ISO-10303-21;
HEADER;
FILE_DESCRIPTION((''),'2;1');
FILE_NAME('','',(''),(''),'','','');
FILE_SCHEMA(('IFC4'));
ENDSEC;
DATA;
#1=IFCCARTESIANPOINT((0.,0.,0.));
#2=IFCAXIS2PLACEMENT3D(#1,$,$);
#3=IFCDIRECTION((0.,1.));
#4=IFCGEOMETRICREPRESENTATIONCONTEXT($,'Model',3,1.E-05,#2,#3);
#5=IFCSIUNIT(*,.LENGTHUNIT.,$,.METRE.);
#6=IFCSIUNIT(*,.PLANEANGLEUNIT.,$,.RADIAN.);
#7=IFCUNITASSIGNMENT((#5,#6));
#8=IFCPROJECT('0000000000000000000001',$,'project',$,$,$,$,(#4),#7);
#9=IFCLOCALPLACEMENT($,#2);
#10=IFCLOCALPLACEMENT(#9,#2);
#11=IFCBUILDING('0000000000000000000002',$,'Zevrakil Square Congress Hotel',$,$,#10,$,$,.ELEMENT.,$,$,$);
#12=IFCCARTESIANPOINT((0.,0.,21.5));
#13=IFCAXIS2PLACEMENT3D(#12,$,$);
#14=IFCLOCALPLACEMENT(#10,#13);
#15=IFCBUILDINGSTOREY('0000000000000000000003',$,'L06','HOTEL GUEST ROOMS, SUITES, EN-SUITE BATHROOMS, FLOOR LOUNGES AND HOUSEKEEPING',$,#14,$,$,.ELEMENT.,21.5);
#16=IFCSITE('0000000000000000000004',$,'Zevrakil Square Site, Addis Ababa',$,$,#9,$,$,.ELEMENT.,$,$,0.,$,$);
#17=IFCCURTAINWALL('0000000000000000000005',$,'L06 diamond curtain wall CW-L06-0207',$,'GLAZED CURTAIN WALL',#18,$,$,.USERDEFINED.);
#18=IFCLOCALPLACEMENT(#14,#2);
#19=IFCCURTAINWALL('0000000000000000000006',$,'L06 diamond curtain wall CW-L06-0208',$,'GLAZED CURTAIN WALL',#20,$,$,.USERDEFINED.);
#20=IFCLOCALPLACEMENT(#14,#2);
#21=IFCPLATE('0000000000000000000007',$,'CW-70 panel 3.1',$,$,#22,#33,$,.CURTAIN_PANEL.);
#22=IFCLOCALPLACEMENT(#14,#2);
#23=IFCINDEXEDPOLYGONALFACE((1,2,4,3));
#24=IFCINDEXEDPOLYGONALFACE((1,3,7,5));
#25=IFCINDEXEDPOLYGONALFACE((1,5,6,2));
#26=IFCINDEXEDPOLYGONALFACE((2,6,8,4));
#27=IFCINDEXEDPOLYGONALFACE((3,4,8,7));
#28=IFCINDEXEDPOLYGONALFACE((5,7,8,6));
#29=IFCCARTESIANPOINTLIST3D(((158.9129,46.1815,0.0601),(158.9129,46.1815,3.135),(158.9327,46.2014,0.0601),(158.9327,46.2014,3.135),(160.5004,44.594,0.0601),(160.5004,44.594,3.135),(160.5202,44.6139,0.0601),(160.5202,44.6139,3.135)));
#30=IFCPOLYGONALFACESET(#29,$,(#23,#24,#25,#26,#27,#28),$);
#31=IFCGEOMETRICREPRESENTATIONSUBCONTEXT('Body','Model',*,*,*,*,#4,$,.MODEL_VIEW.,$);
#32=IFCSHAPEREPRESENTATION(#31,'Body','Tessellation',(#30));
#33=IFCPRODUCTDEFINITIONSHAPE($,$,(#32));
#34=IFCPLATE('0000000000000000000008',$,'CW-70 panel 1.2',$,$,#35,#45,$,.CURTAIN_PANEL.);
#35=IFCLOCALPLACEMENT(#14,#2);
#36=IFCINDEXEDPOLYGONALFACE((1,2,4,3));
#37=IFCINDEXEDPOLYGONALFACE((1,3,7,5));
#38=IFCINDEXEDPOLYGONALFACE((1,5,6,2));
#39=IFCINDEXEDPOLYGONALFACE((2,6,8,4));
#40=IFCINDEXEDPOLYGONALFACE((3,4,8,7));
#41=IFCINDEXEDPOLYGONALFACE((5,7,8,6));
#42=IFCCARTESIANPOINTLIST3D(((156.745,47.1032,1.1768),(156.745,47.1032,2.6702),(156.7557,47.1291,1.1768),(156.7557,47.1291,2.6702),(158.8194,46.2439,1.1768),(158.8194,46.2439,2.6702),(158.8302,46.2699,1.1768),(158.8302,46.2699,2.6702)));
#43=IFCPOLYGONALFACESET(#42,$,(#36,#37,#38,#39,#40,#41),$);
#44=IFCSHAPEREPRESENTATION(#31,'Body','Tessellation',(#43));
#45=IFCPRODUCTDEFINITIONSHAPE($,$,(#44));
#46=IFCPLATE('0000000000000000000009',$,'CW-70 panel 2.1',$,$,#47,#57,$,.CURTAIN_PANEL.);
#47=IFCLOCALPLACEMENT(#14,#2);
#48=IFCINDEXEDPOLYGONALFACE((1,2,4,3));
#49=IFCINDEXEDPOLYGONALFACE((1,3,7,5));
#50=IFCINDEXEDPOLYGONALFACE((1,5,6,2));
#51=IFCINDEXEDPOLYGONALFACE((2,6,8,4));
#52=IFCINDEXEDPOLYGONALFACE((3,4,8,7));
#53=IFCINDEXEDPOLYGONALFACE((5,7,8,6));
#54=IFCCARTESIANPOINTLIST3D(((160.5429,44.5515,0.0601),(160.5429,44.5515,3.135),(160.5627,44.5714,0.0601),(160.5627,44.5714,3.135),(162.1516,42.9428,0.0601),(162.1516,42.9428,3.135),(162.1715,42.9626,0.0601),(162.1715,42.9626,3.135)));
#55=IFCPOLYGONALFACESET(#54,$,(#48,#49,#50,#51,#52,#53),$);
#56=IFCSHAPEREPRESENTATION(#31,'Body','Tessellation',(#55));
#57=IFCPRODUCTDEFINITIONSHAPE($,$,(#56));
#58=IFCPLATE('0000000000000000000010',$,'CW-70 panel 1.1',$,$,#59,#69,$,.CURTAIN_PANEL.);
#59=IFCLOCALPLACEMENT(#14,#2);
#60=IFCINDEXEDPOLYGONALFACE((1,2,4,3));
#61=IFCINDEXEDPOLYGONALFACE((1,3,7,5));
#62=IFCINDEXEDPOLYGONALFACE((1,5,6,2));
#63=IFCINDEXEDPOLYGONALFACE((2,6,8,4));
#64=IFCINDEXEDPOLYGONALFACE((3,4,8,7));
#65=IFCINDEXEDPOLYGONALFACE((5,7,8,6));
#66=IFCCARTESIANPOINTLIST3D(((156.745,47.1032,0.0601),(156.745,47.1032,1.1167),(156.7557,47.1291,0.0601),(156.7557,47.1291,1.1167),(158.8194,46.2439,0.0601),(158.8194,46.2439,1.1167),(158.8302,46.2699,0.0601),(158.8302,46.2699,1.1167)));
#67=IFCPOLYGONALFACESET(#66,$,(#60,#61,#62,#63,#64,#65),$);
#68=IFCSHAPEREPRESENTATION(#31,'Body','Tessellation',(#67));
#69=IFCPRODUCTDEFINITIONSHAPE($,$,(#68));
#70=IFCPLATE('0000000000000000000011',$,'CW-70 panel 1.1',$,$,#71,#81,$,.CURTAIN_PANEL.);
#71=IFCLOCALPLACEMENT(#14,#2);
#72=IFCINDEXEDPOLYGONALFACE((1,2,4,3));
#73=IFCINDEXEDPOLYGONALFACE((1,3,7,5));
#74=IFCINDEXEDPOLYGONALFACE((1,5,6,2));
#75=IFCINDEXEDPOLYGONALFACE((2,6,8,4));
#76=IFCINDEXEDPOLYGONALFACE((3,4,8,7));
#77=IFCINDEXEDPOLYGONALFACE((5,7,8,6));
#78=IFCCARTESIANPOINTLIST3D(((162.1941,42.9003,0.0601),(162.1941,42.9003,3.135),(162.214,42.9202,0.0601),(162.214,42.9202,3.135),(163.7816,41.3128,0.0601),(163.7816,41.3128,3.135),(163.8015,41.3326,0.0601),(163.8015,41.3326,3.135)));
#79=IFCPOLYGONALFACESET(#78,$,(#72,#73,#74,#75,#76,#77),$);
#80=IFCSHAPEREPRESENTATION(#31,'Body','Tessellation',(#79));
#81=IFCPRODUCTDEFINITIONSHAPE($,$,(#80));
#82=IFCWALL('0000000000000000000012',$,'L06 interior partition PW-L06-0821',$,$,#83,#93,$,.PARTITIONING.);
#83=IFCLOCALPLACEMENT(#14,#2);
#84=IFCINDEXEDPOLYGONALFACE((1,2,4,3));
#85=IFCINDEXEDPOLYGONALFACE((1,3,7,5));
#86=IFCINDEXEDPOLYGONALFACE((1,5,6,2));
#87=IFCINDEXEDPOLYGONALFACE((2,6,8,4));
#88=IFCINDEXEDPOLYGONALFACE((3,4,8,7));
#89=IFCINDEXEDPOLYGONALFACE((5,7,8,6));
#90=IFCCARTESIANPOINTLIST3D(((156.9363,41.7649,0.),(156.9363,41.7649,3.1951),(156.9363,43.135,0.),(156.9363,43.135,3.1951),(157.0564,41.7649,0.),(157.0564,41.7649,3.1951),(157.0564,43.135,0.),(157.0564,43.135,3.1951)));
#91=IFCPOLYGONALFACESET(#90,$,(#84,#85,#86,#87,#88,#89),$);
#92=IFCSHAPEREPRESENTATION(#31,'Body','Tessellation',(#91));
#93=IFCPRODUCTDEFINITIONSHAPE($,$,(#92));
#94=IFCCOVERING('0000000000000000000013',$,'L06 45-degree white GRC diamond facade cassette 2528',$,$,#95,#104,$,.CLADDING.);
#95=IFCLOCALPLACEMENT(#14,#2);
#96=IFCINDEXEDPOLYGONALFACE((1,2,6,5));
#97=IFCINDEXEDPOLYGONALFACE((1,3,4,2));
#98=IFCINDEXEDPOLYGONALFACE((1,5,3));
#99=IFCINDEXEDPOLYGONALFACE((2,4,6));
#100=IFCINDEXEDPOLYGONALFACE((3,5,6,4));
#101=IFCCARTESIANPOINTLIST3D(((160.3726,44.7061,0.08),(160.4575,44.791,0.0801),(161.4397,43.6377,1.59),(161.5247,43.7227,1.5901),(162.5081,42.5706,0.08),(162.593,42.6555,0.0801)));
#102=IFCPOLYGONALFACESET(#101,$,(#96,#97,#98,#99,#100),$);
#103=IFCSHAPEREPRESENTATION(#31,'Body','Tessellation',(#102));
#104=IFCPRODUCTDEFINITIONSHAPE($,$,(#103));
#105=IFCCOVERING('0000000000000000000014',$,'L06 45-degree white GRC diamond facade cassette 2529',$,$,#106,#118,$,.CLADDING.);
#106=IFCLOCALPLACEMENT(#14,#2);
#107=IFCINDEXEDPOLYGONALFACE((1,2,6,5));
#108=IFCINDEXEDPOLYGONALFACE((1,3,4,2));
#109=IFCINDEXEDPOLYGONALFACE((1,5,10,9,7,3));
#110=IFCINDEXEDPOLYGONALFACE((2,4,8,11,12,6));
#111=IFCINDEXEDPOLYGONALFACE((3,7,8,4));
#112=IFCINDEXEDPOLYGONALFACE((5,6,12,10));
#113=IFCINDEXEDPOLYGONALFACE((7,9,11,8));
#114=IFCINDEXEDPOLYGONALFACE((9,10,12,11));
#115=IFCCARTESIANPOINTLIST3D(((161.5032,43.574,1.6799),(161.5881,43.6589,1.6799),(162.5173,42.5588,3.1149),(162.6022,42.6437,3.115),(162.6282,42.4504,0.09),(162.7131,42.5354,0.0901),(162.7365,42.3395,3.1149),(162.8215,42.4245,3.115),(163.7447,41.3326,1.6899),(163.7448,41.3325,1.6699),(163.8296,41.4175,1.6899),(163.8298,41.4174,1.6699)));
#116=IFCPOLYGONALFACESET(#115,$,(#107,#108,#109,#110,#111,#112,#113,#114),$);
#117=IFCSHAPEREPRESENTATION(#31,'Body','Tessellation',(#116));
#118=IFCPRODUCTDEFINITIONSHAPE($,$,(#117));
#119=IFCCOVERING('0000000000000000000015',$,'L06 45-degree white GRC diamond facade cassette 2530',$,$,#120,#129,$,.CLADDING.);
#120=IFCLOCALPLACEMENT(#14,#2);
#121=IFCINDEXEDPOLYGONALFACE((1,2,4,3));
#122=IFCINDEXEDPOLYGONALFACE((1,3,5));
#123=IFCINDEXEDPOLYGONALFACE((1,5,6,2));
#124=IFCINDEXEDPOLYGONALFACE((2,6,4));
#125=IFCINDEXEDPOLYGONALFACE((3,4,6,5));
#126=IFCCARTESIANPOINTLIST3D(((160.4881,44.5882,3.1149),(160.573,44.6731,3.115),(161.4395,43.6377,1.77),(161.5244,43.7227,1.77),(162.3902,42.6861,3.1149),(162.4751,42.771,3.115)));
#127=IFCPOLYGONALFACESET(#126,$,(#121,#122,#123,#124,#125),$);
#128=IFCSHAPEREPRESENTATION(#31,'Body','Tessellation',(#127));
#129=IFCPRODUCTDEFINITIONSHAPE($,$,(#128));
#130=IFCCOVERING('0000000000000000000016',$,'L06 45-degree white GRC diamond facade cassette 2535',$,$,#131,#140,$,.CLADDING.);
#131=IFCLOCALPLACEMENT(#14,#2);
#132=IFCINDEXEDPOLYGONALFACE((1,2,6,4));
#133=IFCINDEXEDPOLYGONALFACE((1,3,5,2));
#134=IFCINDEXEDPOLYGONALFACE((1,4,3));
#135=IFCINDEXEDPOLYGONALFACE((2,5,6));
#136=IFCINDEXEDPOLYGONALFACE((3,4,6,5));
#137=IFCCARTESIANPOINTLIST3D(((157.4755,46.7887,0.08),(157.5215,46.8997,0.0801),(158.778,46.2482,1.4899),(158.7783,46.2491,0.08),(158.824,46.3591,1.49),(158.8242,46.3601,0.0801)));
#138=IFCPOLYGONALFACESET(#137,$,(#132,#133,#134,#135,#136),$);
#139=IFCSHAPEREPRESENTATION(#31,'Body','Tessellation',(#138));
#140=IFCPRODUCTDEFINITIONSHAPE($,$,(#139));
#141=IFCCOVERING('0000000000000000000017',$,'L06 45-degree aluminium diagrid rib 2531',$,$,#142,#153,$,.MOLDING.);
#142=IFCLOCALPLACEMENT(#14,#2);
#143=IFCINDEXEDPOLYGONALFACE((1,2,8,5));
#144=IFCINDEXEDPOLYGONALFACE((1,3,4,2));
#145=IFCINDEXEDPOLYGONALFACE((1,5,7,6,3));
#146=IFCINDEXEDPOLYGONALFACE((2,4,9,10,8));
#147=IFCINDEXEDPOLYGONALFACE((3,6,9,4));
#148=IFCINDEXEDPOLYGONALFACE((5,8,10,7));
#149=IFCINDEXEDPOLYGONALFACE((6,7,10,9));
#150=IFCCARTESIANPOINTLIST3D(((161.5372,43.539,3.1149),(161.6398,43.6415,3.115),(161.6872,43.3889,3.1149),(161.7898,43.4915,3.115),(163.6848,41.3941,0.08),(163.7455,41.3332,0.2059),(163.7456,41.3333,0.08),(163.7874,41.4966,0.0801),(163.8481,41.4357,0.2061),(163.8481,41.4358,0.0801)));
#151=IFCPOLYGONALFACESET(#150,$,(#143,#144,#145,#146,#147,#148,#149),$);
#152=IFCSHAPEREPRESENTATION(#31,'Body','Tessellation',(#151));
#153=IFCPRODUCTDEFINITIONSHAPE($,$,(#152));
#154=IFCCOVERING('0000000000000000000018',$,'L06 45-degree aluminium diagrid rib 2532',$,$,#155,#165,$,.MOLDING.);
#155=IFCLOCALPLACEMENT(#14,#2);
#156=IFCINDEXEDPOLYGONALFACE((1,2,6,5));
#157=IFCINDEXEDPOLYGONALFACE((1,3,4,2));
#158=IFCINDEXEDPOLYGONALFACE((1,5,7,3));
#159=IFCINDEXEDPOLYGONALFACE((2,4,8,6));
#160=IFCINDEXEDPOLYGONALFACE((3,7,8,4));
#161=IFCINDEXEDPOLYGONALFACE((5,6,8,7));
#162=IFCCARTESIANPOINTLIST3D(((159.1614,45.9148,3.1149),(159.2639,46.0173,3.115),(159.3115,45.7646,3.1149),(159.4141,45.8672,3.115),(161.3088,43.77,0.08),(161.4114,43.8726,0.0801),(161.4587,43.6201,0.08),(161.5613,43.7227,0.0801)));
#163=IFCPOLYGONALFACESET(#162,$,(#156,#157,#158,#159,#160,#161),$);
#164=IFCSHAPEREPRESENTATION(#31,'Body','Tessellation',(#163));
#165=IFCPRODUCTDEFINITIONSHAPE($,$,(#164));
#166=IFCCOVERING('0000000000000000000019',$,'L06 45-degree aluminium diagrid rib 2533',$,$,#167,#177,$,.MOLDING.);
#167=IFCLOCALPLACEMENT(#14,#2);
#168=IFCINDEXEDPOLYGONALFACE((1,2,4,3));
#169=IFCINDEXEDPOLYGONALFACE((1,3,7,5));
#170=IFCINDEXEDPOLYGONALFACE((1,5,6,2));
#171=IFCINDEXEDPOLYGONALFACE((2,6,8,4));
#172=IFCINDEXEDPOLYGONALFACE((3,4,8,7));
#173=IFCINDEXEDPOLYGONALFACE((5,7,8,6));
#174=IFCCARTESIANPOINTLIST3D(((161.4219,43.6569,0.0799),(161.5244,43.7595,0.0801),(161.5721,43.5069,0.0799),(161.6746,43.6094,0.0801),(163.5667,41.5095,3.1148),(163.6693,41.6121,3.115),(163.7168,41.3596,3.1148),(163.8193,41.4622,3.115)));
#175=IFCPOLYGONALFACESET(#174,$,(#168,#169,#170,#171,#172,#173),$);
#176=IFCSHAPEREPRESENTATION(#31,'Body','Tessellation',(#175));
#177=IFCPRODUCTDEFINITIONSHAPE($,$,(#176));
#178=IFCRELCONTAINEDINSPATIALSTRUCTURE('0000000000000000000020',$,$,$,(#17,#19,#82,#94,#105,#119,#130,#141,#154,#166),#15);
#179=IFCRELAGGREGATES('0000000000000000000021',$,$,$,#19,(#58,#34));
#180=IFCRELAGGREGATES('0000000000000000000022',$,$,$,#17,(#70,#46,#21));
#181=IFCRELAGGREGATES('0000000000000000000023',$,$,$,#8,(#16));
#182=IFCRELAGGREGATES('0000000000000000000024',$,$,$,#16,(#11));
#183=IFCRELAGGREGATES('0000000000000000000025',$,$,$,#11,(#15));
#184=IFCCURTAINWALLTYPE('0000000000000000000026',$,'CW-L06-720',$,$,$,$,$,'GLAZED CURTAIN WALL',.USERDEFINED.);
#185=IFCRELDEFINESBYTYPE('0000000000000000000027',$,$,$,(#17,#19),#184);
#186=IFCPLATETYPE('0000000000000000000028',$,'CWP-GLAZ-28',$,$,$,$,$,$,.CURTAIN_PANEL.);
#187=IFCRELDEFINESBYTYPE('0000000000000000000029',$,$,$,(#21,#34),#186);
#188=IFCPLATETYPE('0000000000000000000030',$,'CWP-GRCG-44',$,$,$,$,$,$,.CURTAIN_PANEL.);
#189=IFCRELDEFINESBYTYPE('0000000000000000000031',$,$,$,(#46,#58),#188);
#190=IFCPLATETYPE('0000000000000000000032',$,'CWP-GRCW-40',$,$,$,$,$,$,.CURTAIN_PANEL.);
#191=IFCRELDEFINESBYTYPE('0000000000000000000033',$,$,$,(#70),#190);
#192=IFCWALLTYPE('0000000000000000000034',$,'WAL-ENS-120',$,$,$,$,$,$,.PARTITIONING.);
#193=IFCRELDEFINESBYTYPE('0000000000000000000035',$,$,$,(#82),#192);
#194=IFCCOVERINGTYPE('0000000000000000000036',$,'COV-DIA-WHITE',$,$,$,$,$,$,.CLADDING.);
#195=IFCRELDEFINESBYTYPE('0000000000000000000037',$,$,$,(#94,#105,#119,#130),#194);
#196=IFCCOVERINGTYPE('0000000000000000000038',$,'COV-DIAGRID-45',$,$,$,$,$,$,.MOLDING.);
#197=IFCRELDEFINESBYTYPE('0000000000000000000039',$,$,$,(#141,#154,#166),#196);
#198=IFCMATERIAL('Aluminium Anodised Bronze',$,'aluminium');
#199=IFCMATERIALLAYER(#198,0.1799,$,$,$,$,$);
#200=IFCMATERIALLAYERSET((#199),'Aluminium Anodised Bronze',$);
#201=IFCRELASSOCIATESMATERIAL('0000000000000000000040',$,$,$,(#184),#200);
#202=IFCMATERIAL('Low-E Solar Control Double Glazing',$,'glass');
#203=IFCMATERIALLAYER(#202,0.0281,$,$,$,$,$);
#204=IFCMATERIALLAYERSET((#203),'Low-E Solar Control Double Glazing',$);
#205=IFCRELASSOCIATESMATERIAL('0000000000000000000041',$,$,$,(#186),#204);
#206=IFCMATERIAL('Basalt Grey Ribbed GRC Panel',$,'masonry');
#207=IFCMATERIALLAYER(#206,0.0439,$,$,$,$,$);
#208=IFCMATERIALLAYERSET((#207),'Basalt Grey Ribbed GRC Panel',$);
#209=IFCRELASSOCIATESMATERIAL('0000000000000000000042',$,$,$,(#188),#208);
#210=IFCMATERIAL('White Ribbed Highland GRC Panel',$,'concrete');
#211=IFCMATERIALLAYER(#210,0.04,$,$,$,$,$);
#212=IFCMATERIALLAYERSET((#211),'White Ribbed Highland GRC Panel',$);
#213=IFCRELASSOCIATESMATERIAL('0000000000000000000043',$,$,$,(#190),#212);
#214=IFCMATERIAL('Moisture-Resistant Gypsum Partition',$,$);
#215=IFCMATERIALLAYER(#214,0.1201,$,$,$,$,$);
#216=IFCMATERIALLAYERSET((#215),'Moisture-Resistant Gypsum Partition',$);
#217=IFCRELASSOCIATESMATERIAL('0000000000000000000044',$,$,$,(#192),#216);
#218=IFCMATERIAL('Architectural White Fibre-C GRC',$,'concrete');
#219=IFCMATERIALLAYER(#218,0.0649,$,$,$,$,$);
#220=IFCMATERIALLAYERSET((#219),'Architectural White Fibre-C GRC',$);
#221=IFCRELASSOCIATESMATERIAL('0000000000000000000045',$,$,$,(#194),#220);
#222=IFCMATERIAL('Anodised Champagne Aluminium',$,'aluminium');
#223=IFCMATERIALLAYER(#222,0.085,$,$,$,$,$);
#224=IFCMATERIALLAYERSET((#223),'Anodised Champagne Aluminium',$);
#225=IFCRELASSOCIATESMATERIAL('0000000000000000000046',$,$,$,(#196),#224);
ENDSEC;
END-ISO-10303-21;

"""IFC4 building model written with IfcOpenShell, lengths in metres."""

from ifc_helpers import new_model, si_unit, direction, frame, frame_2d, origin, origin_2d, place, context, subcontext, project, spatial, polyline, rectangle, outline, extrude, material, layer, layer_set, type_object, element, aggregate, save


model = new_model("IFC4")

# Units and contexts
model_context = context("Model", 3, precision=1e-05, world=origin(), true_north=direction((0.0, 1.0)))
body_context = subcontext(model_context, "Body", "Model", "MODEL_VIEW")
ifc_project = project(units=[si_unit("LENGTHUNIT", "METRE"), si_unit("PLANEANGLEUNIT", "RADIAN")], contexts=[model_context])

# Site, building, storey
site_placement = place(None, origin())
site = spatial("IfcSite", under=ifc_project, at=site_placement, Name="Zevrakil Square Site, Addis Ababa", CompositionType="ELEMENT", RefElevation=0.0)
building_placement = place(site_placement, origin())
building = spatial("IfcBuilding", under=site, at=building_placement, Name="Zevrakil Square Congress Hotel", CompositionType="ELEMENT")
storey_placement = place(building_placement, frame((0.0, 0.0, 21.5)))
storey = spatial("IfcBuildingStorey", under=building, at=storey_placement, Name="L06", Description="HOTEL GUEST ROOMS, SUITES, EN-SUITE BATHROOMS, FLOOR LOUNGES AND HOUSEKEEPING", CompositionType="ELEMENT", Elevation=21.5)

# Curtain walls
ifc_material_1 = material(Name="Aluminium Anodised Bronze", Category="aluminium")
ifc_layer_1 = layer(ifc_material_1, 0.1799)
ifc_layer_set_1 = layer_set([ifc_layer_1], Name="Aluminium Anodised Bronze")
curtain_wall_type = type_object("IfcCurtainWallType", Name="CW-L06-720", ElementType="GLAZED CURTAIN WALL", PredefinedType="USERDEFINED", material=ifc_layer_set_1)
curtain_wall_1_placement = place(storey_placement, origin())
curtain_wall_1 = element("IfcCurtainWall", 1, at=curtain_wall_1_placement, inside=storey, type_object=curtain_wall_type, Name="L06 diamond curtain wall CW-L06-0207", ObjectType="GLAZED CURTAIN WALL", PredefinedType="USERDEFINED")
curtain_wall_2_placement = place(storey_placement, origin())
curtain_wall_2 = element("IfcCurtainWall", 2, at=curtain_wall_2_placement, inside=storey, type_object=curtain_wall_type, Name="L06 diamond curtain wall CW-L06-0208", ObjectType="GLAZED CURTAIN WALL", PredefinedType="USERDEFINED")

# Plates
ifc_material_2 = material(Name="Low-E Solar Control Double Glazing", Category="glass")
ifc_layer_2 = layer(ifc_material_2, 0.0281)
ifc_layer_set_2 = layer_set([ifc_layer_2], Name="Low-E Solar Control Double Glazing")
plate_type_1 = type_object("IfcPlateType", Name="CWP-GLAZ-28", PredefinedType="CURTAIN_PANEL", material=ifc_layer_set_2)
plate_1_placement = place(storey_placement, frame((159.7166, 45.3977, 0.0601), z_axis=(0.0, 0.0, 1.0), x_axis=(-0.707107, 0.707107, 0.0)))
plate_1 = element("IfcPlate", 3, at=plate_1_placement, type_object=plate_type_1, Name="CW-70 panel 3.1", PredefinedType="CURTAIN_PANEL", context=body_context, shape_type="SweptSolid", body=[
    extrude(rectangle(XDim=2.2451, YDim=0.0281, at=origin_2d()), origin(), (0.0, 0.0, 1.0), 3.075),
])
plate_2_placement = place(storey_placement, frame((157.7876, 46.6865, 1.1768), z_axis=(0.0, 0.0, 1.0), x_axis=(-0.923879, 0.382684, 0.0)))
plate_2 = element("IfcPlate", 4, at=plate_2_placement, type_object=plate_type_1, Name="CW-70 panel 1.2", PredefinedType="CURTAIN_PANEL", context=body_context, shape_type="SweptSolid", body=[
    extrude(rectangle(XDim=2.2454, YDim=0.0281, at=origin_2d()), origin(), (0.0, 0.0, 1.0), 1.4934),
])
ifc_material_3 = material(Name="Basalt Grey Ribbed GRC Panel", Category="masonry")
ifc_layer_3 = layer(ifc_material_3, 0.0439)
ifc_layer_set_3 = layer_set([ifc_layer_3], Name="Basalt Grey Ribbed GRC Panel")
plate_type_2 = type_object("IfcPlateType", Name="CWP-GRCG-44", PredefinedType="CURTAIN_PANEL", material=ifc_layer_set_3)
plate_3_placement = place(storey_placement, frame((161.3572, 43.7571, 0.0601), z_axis=(0.0, 0.0, 1.0), x_axis=(-0.707107, 0.707107, 0.0)))
plate_3 = element("IfcPlate", 5, at=plate_3_placement, type_object=plate_type_2, Name="CW-70 panel 2.1", PredefinedType="CURTAIN_PANEL", context=body_context, shape_type="SweptSolid", body=[
    extrude(rectangle(XDim=2.2751, YDim=0.0281, at=origin_2d()), origin(), (0.0, 0.0, 1.0), 3.075),
])
plate_4_placement = place(storey_placement, frame((157.7876, 46.6865, 0.0601), z_axis=(0.0, 0.0, 1.0), x_axis=(-0.923879, 0.382684, 0.0)))
plate_4 = element("IfcPlate", 6, at=plate_4_placement, type_object=plate_type_2, Name="CW-70 panel 1.1", PredefinedType="CURTAIN_PANEL", context=body_context, shape_type="SweptSolid", body=[
    extrude(rectangle(XDim=2.2454, YDim=0.0281, at=origin_2d()), origin(), (0.0, 0.0, 1.0), 1.0566),
])
aggregate(curtain_wall_2, [plate_4, plate_2])
ifc_material_4 = material(Name="White Ribbed Highland GRC Panel", Category="concrete")
ifc_layer_4 = layer(ifc_material_4, 0.04)
ifc_layer_set_4 = layer_set([ifc_layer_4], Name="White Ribbed Highland GRC Panel")
plate_type_3 = type_object("IfcPlateType", Name="CWP-GRCW-40", PredefinedType="CURTAIN_PANEL", material=ifc_layer_set_4)
plate_5_placement = place(storey_placement, frame((162.9978, 42.1165, 0.0601), z_axis=(0.0, 0.0, 1.0), x_axis=(-0.707107, 0.707107, 0.0)))
plate_5 = element("IfcPlate", 7, at=plate_5_placement, type_object=plate_type_3, Name="CW-70 panel 1.1", PredefinedType="CURTAIN_PANEL", context=body_context, shape_type="SweptSolid", body=[
    extrude(rectangle(XDim=2.2451, YDim=0.0281, at=origin_2d()), origin(), (0.0, 0.0, 1.0), 3.075),
])
aggregate(curtain_wall_1, [plate_5, plate_3, plate_1])

# Wall
ifc_material_5 = material(Name="Moisture-Resistant Gypsum Partition")
ifc_layer_5 = layer(ifc_material_5, 0.1201)
ifc_layer_set_5 = layer_set([ifc_layer_5], Name="Moisture-Resistant Gypsum Partition")
wall_type = type_object("IfcWallType", Name="WAL-ENS-120", PredefinedType="PARTITIONING", material=ifc_layer_set_5)
wall_placement = place(storey_placement, frame((156.9963, 41.7649, 0.0), z_axis=(0.0, 0.0, 1.0), x_axis=(0.0, 1.0, 0.0)))
element("IfcWall", 8, at=wall_placement, inside=storey, type_object=wall_type, Name="L06 interior partition PW-L06-0821", PredefinedType="PARTITIONING", context=body_context, shape_type="SweptSolid", body=[
    extrude(rectangle(XDim=1.3701, YDim=0.1201, at=frame_2d((0.6851, 0.0))), origin(), (0.0, 0.0, 1.0), 3.1951),
])

# Coverings
ifc_material_6 = material(Name="Architectural White Fibre-C GRC", Category="concrete")
ifc_layer_6 = layer(ifc_material_6, 0.0649)
ifc_layer_set_6 = layer_set([ifc_layer_6], Name="Architectural White Fibre-C GRC")
covering_type_1 = type_object("IfcCoveringType", Name="COV-DIA-WHITE", PredefinedType="CLADDING", material=ifc_layer_set_6)
covering_1_placement = place(storey_placement, frame((161.5247, 43.7227, 1.5901), z_axis=(0.707107, 0.707107, 0.000572), x_axis=(-0.499717, 0.500288, -0.707103)))
element("IfcCovering", 9, at=covering_1_placement, inside=storey, type_object=covering_type_1, Name="L06 45-degree white GRC diamond facade cassette 2528", PredefinedType="CLADDING", context=body_context, shape_type="SweptSolid", body=[
    extrude(outline(polyline([(0.0, 0.0), (2.1355, 0.0), (0.0, -2.1355), (0.0, 0.0)])), origin(), (0.0, 0.0, -1.0), 0.1201),
])
covering_2_placement = place(storey_placement, frame((161.5881, 43.6589, 1.6799), z_axis=(0.707087, 0.707126, 0.000592), x_axis=(0.500327, -0.499708, -0.707082)))
element("IfcCovering", 10, at=covering_2_placement, inside=storey, type_object=covering_type_1, Name="L06 45-degree white GRC diamond facade cassette 2529", PredefinedType="CLADDING", context=body_context, shape_type="SweptSolid", body=[
    extrude(outline(polyline([(0.0, 0.0), (2.2485, 0.0), (2.2487, -2.2344), (2.2345, -2.2485), (0.2192, -2.2486), (0.0, -2.0294), (0.0, 0.0)])), origin(), (0.0, 0.0, -1.0), 0.1201),
])
covering_3_placement = place(storey_placement, frame((161.5244, 43.7227, 1.77), z_axis=(0.707107, 0.707107, 0.000513), x_axis=(0.499778, -0.500292, 0.707057)))
element("IfcCovering", 11, at=covering_3_placement, inside=storey, type_object=covering_type_1, Name="L06 45-degree white GRC diamond facade cassette 2530", PredefinedType="CLADDING", context=body_context, shape_type="SweptSolid", body=[
    extrude(outline(polyline([(0.0, 0.0), (1.9022, 0.0), (0.0, -1.902), (0.0, 0.0)])), origin(), (0.0, 0.0, -1.0), 0.1201),
])
covering_4_placement = place(storey_placement, frame((157.5215, 46.8997, 0.0801), z_axis=(0.382647, 0.923894, 0.000706), x_axis=(0.923894, -0.382647, 0.0)))
element("IfcCovering", 12, at=covering_4_placement, inside=storey, type_object=covering_type_1, Name="L06 45-degree white GRC diamond facade cassette 2535", PredefinedType="CLADDING", context=body_context, shape_type="SweptSolid", body=[
    extrude(outline(polyline([(0.0, 0.0), (1.41, 0.0), (1.4102, -1.4099), (0.0, 0.0)])), origin(), (0.0, 0.0, -1.0), 0.1201),
])
ifc_material_7 = material(Name="Anodised Champagne Aluminium", Category="aluminium")
ifc_layer_7 = layer(ifc_material_7, 0.085)
ifc_layer_set_7 = layer_set([ifc_layer_7], Name="Anodised Champagne Aluminium")
covering_type_2 = type_object("IfcCoveringType", Name="COV-DIAGRID-45", PredefinedType="MOLDING", material=ifc_layer_set_7)
covering_5_placement = place(storey_placement, frame((163.7874, 41.4966, 0.0801), z_axis=(0.707265, 0.706948, 0.000829), x_axis=(0.706948, -0.707265, 0.0)))
element("IfcCovering", 13, at=covering_5_placement, inside=storey, type_object=covering_type_2, Name="L06 45-degree aluminium diagrid rib 2531", PredefinedType="MOLDING", context=body_context, shape_type="SweptSolid", body=[
    extrude(outline(polyline([(0.0, 0.0), (0.086, 0.0), (0.086, -0.126), (-2.8231, -3.0349), (-3.0352, -3.0349), (0.0, 0.0)])), origin(), (0.0, 0.0, -1.0), 0.145),
])
covering_6_placement = place(storey_placement, frame((161.4114, 43.8726, 0.0801), z_axis=(0.707107, 0.707107, 0.000626), x_axis=(0.707107, -0.707107, 0.0)))
element("IfcCovering", 14, at=covering_6_placement, inside=storey, type_object=covering_type_2, Name="L06 45-degree aluminium diagrid rib 2532", PredefinedType="MOLDING", context=body_context, shape_type="SweptSolid", body=[
    extrude(outline(polyline([(0.0, 0.0), (0.212, 0.0), (-2.8227, -3.0349), (-3.0351, -3.0349), (0.0, 0.0)])), origin(), (0.0, 0.0, -1.0), 0.145),
])
covering_7_placement = place(storey_placement, frame((163.8193, 41.4622, 3.115), z_axis=(0.706819, 0.707394, 0.001004), x_axis=(-0.707394, 0.706819, 0.0)))
element("IfcCovering", 15, at=covering_7_placement, inside=storey, type_object=covering_type_2, Name="L06 45-degree aluminium diagrid rib 2533", PredefinedType="MOLDING", context=body_context, shape_type="SweptSolid", body=[
    extrude(outline(polyline([(0.0, 0.0), (0.2122, 0.0), (3.2472, -3.0349), (3.0349, -3.0349), (0.0, 0.0)])), origin(), (0.0, 0.0, -1.0), 0.145),
])

save(model, "model.ifc")
